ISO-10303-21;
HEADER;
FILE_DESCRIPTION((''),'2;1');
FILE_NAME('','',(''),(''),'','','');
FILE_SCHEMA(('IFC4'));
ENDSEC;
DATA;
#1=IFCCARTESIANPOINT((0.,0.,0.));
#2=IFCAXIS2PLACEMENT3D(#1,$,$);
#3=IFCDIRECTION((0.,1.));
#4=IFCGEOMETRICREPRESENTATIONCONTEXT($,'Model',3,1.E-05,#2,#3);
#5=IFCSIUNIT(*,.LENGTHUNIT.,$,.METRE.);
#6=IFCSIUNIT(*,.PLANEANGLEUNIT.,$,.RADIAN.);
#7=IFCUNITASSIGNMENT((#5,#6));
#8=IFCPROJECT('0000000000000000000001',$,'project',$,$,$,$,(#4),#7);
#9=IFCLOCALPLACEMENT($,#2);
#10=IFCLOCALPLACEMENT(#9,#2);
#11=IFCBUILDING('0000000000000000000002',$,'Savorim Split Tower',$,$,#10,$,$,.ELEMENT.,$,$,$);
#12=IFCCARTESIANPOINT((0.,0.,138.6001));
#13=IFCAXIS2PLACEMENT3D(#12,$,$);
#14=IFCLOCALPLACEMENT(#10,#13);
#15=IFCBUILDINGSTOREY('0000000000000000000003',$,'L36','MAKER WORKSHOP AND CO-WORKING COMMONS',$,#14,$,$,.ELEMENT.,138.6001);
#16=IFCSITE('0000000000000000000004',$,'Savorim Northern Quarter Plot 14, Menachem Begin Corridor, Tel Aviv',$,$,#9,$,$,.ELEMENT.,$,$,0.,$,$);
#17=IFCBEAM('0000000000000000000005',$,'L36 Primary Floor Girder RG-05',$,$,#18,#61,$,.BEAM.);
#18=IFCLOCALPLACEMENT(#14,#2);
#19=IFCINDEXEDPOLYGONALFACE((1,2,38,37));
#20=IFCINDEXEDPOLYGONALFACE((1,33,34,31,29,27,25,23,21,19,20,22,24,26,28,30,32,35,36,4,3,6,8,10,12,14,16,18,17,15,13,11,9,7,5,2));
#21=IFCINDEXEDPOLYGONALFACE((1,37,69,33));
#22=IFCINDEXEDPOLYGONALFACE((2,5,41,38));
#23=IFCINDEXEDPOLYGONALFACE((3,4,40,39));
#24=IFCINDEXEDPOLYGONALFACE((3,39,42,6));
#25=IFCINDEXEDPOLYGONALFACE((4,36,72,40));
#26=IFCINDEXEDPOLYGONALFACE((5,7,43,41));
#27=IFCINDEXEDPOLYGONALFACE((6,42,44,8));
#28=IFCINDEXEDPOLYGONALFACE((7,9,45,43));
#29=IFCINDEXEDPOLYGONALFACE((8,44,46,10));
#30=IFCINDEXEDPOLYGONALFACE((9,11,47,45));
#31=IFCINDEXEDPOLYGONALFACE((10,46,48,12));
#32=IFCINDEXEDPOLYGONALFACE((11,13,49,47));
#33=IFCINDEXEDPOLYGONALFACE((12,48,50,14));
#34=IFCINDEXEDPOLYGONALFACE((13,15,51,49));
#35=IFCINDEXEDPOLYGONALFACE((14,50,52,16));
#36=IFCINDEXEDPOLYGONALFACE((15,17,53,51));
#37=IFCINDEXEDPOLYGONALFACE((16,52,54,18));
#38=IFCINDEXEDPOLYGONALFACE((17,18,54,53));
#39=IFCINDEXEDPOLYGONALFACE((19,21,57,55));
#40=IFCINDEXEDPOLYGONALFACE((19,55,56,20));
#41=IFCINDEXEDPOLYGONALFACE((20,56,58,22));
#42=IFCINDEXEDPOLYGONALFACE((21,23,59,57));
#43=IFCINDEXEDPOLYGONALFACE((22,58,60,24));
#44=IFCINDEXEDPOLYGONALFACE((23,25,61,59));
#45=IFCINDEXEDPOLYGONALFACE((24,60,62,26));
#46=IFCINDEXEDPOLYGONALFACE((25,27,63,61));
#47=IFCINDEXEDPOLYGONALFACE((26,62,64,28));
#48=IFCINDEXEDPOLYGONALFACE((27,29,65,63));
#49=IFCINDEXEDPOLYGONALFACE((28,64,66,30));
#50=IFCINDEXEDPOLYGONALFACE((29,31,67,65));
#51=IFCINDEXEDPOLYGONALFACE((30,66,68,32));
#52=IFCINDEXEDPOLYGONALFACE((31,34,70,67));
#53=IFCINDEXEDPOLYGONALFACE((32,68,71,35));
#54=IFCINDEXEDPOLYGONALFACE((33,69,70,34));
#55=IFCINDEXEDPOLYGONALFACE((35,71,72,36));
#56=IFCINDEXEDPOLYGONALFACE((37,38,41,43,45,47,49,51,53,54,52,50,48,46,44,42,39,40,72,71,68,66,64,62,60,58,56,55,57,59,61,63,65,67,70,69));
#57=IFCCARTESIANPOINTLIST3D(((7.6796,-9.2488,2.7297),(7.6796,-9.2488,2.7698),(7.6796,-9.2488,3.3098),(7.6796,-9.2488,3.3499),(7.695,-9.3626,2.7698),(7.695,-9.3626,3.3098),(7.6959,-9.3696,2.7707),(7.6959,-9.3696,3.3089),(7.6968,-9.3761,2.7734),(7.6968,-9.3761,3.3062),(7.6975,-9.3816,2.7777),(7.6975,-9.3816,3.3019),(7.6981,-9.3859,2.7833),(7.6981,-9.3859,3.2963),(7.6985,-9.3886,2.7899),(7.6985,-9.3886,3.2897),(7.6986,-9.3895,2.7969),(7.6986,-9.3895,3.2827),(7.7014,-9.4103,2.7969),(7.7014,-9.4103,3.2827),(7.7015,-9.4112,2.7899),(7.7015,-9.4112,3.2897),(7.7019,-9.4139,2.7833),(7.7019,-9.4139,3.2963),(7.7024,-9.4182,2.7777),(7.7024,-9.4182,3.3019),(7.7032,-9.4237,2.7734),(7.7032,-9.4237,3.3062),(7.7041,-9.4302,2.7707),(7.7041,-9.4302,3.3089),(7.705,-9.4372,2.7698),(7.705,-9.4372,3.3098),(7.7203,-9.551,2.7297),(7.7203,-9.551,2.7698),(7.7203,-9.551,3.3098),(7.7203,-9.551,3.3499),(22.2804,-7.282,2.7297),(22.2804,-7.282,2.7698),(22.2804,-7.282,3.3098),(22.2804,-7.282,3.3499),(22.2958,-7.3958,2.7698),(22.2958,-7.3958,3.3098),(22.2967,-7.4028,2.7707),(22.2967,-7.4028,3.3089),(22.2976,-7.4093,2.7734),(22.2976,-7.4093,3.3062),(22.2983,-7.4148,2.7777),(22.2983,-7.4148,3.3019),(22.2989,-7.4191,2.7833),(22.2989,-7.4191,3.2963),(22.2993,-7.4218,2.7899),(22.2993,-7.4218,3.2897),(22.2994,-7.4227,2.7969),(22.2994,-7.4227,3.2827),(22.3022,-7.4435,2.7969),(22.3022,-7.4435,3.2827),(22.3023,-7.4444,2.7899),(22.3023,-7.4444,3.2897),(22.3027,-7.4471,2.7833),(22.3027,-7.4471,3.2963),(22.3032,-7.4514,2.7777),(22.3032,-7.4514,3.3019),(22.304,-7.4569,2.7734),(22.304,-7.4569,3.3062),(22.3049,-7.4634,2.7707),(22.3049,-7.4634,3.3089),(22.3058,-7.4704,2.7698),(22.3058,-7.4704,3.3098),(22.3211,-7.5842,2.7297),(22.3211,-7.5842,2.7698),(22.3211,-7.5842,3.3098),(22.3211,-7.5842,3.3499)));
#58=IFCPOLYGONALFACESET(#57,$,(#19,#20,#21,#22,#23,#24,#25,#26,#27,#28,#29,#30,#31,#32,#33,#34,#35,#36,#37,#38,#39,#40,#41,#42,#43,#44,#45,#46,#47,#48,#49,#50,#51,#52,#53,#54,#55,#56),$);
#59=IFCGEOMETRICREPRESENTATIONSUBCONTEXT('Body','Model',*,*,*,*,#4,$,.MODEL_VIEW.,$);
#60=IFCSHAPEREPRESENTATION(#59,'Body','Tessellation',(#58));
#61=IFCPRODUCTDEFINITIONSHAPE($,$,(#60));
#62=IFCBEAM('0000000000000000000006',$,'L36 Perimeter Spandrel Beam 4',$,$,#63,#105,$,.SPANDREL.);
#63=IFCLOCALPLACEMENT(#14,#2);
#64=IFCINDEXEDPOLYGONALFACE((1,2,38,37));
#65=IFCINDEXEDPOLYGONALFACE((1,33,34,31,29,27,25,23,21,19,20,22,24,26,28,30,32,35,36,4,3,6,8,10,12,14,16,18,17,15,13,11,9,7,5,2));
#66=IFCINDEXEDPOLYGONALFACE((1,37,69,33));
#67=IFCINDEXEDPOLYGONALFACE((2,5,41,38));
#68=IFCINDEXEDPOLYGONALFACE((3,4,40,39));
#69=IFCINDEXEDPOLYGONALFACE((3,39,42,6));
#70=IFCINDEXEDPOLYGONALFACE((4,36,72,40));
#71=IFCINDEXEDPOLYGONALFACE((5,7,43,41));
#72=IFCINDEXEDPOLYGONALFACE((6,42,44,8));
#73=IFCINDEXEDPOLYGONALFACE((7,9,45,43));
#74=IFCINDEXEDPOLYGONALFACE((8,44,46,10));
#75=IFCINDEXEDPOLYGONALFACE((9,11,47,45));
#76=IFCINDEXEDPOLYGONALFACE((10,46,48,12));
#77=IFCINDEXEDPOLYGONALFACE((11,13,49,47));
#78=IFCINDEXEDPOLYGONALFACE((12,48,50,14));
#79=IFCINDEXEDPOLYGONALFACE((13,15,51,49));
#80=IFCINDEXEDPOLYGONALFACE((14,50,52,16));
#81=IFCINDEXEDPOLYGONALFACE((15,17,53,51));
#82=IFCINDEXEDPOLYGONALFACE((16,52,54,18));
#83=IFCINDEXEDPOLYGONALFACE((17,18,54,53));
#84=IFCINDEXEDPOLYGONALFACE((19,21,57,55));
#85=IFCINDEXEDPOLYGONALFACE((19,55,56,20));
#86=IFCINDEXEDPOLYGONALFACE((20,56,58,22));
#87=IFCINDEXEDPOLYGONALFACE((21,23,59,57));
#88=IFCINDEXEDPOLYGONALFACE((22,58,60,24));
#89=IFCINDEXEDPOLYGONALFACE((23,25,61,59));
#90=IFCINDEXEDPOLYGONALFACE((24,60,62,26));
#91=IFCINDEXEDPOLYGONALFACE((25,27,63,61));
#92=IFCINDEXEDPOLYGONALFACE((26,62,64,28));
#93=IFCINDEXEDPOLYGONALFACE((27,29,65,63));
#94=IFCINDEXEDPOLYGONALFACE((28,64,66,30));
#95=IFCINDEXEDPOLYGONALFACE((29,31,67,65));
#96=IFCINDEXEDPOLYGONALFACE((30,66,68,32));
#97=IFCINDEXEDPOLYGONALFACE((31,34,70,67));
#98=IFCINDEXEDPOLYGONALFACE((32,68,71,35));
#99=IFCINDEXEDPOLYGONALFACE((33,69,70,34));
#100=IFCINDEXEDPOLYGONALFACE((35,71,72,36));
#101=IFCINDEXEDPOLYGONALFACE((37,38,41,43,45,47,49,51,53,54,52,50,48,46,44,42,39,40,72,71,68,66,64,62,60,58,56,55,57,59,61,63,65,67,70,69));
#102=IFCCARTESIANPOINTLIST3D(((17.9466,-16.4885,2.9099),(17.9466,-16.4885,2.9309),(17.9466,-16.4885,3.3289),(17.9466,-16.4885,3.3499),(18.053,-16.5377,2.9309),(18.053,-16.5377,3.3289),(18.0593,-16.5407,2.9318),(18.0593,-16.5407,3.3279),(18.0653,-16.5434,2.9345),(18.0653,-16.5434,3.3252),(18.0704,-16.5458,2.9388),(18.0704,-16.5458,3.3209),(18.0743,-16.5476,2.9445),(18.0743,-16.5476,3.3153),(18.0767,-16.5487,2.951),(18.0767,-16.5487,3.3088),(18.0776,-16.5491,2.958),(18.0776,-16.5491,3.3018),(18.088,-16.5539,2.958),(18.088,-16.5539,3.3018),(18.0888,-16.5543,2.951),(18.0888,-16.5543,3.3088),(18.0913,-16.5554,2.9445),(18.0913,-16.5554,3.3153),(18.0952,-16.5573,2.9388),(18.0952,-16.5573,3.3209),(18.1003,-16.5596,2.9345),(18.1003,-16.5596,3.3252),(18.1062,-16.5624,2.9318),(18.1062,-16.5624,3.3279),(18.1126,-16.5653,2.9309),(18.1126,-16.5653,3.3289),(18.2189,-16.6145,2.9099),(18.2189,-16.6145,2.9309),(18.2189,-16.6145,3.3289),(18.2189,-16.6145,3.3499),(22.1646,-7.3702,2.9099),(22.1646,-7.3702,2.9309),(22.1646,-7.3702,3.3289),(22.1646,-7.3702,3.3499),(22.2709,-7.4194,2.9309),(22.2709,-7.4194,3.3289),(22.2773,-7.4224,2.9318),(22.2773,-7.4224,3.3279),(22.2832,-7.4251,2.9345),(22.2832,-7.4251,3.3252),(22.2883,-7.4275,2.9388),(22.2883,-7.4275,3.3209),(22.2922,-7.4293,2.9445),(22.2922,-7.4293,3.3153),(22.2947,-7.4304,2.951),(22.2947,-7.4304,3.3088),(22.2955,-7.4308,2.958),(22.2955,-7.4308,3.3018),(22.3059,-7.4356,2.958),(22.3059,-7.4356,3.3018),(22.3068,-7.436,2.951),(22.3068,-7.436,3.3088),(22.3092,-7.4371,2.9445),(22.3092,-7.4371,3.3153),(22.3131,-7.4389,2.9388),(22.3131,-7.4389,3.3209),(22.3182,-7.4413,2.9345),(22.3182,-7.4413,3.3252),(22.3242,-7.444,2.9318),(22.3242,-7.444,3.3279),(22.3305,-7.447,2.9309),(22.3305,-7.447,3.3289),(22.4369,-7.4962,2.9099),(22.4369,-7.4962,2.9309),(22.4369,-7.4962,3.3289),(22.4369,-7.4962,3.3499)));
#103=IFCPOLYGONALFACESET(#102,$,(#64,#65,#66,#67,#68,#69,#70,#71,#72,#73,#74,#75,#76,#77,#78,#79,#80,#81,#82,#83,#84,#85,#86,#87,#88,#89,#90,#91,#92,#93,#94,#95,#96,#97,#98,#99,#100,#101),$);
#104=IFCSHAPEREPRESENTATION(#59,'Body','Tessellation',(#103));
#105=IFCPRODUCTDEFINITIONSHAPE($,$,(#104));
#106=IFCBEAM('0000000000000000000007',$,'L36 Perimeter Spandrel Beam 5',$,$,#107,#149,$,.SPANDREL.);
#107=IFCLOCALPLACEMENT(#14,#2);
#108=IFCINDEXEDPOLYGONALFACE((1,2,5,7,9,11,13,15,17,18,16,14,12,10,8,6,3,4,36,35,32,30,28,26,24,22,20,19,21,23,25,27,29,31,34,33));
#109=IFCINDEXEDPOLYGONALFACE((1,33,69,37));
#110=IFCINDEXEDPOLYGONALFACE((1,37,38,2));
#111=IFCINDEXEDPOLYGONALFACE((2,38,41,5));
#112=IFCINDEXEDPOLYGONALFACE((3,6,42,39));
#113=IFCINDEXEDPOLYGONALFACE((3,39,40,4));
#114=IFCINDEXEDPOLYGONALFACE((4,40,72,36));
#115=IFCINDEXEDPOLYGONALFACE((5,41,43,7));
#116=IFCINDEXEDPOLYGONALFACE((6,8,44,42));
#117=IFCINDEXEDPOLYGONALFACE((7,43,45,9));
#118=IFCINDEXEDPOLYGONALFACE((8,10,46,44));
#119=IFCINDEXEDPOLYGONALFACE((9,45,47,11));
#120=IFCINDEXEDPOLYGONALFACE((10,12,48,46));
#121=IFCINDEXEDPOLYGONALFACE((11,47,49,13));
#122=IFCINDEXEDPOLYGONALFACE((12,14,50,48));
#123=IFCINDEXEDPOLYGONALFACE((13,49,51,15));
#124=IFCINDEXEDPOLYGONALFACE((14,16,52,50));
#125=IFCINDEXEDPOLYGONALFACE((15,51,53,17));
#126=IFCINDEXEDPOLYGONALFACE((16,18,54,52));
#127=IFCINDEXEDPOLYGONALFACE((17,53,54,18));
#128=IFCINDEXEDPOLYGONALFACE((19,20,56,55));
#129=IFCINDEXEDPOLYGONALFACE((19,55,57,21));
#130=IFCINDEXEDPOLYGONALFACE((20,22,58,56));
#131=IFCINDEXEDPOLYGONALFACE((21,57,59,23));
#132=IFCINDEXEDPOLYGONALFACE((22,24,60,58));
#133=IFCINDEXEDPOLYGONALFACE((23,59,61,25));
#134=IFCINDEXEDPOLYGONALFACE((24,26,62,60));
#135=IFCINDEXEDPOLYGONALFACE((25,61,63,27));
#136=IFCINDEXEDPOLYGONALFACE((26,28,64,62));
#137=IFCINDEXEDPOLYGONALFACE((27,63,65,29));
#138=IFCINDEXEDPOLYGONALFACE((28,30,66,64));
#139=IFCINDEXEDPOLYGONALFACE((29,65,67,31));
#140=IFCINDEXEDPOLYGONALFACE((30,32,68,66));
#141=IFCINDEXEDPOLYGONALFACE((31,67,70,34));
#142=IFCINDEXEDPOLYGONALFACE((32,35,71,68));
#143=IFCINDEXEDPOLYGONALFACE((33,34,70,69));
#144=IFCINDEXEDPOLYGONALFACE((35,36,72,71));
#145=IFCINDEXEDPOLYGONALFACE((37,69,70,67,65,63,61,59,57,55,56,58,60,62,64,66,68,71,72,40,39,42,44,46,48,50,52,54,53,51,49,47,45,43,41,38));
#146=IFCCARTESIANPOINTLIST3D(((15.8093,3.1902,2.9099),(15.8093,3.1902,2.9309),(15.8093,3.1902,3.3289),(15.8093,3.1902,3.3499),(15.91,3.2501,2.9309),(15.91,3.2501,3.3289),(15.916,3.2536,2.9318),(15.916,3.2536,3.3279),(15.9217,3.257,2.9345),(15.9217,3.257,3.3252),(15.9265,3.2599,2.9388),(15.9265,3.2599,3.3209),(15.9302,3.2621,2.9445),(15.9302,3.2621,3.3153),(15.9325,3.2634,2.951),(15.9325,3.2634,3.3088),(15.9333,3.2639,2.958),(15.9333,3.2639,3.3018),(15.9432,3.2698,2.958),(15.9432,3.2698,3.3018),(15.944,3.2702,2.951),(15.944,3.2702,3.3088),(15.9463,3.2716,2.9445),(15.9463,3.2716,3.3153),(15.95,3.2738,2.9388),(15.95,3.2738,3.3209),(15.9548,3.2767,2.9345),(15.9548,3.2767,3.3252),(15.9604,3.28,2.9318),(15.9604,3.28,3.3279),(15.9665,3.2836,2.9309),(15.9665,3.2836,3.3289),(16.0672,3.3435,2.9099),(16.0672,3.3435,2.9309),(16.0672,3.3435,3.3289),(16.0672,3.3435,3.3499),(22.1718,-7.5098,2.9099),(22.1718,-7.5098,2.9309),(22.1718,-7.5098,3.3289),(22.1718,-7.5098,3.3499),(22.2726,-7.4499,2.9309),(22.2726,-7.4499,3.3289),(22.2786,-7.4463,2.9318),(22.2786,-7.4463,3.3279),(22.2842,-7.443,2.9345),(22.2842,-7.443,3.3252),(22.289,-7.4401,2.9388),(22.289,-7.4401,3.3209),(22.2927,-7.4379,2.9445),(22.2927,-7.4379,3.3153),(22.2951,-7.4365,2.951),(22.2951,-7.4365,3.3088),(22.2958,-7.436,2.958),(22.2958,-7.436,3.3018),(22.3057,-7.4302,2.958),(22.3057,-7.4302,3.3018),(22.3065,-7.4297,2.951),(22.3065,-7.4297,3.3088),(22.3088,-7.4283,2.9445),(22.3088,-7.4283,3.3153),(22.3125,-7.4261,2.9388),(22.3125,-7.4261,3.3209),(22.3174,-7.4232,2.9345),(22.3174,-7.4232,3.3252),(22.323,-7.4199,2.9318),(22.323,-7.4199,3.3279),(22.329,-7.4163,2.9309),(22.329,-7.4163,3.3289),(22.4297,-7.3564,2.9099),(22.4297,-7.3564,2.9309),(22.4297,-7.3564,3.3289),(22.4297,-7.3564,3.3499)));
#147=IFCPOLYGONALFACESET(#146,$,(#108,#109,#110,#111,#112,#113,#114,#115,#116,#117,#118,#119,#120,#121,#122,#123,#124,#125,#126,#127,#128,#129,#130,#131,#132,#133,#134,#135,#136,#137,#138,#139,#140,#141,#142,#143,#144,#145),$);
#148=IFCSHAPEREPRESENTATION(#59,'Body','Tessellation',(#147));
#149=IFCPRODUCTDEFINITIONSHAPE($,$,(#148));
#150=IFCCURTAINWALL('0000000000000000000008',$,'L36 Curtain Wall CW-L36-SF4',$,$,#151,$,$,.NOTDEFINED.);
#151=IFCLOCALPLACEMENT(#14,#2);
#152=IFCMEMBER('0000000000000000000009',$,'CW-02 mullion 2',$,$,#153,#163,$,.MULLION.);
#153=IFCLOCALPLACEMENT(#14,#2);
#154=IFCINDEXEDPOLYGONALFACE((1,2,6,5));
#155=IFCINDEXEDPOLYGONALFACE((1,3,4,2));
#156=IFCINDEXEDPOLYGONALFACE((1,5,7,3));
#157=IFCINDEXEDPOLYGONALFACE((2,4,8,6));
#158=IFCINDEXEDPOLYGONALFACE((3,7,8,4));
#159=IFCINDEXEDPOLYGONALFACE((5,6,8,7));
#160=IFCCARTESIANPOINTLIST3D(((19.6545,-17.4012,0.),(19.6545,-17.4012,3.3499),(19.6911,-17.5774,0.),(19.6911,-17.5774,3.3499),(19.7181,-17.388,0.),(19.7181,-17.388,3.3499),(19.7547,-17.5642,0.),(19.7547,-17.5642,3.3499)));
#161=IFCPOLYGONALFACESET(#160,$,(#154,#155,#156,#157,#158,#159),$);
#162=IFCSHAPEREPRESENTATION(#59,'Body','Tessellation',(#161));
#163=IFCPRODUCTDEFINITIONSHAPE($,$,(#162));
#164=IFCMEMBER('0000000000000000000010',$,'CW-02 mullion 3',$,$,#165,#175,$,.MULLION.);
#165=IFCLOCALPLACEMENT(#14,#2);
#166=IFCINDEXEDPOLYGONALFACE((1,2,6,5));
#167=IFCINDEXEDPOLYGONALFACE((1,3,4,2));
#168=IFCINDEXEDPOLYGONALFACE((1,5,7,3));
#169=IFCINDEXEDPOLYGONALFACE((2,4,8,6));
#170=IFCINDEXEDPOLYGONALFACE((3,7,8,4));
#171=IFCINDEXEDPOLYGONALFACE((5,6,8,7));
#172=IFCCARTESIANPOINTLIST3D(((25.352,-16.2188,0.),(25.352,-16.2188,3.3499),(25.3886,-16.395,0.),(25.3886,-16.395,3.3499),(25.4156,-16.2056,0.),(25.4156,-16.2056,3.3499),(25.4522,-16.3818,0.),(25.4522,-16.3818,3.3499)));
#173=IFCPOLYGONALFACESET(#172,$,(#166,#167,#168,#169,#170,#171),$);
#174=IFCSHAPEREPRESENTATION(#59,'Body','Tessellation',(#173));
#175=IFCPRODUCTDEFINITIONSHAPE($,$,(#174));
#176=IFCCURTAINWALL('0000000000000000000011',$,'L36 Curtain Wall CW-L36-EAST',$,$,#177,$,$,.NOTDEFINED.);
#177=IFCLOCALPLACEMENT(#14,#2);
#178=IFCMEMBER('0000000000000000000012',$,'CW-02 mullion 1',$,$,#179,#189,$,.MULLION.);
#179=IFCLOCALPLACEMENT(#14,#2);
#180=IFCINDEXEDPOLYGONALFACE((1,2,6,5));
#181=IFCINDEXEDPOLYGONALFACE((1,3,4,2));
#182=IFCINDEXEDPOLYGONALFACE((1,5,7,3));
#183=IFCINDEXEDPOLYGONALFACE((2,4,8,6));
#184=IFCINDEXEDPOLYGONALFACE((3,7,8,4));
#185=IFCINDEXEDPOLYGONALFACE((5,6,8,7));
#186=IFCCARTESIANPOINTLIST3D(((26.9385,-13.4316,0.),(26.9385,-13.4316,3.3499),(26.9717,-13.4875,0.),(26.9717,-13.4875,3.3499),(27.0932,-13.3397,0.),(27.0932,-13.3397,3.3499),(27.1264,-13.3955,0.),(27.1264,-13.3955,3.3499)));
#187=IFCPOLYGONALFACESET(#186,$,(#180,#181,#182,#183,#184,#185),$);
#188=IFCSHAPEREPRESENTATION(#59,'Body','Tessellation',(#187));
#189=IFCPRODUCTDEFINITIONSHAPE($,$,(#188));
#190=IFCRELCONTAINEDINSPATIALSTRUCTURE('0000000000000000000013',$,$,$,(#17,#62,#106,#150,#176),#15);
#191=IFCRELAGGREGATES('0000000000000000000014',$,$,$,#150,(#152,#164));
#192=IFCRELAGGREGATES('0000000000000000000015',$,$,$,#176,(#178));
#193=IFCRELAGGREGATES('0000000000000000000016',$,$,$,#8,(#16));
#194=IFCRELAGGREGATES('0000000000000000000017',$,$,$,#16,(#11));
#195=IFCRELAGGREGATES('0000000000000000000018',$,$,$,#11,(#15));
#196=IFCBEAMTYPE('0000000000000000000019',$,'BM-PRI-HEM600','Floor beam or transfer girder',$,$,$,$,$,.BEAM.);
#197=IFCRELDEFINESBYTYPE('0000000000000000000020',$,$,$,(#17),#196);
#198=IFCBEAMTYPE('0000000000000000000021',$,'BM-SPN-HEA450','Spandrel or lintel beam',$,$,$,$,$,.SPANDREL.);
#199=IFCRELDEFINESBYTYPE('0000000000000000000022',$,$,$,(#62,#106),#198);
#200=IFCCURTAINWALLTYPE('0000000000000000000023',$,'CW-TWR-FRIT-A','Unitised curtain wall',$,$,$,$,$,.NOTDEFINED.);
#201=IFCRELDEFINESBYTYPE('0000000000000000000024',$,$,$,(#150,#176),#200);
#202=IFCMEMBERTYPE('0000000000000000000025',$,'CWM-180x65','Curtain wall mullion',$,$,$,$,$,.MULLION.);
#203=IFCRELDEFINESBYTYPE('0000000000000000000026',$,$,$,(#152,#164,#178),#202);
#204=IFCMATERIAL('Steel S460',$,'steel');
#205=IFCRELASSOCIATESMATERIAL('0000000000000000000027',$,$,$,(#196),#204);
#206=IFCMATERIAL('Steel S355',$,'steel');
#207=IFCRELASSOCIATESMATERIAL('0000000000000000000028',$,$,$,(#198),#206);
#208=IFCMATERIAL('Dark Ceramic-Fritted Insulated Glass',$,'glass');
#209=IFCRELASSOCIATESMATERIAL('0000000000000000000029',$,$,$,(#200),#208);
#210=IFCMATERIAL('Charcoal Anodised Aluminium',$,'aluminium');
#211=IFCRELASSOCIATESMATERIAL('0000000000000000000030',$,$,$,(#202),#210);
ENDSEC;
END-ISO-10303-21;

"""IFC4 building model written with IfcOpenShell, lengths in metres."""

from ifc_helpers import new_model, si_unit, direction, frame, origin, origin_2d, place, context, subcontext, project, spatial, rectangle, i_section, extrude, material, material_profile, profile_set, type_object, element, aggregate, save


model = new_model("IFC4")

# Units and contexts
model_context = context("Model", 3, precision=1e-05, world=origin(), true_north=direction((0.0, 1.0)))
body_context = subcontext(model_context, "Body", "Model", "MODEL_VIEW")
ifc_project = project(units=[si_unit("LENGTHUNIT", "METRE"), si_unit("PLANEANGLEUNIT", "RADIAN")], contexts=[model_context])

# Site, building, storey
site_placement = place(None, origin())
site = spatial("IfcSite", under=ifc_project, at=site_placement, Name="Savorim Northern Quarter Plot 14, Menachem Begin Corridor, Tel Aviv", CompositionType="ELEMENT", RefElevation=0.0)
building_placement = place(site_placement, origin())
building = spatial("IfcBuilding", under=site, at=building_placement, Name="Savorim Split Tower", CompositionType="ELEMENT")
storey_placement = place(building_placement, frame((0.0, 0.0, 138.6001)))
storey = spatial("IfcBuildingStorey", under=building, at=storey_placement, Name="L36", Description="MAKER WORKSHOP AND CO-WORKING COMMONS", CompositionType="ELEMENT", Elevation=138.6001)

# Shared definitions
ifc_material_1 = material(Name="Steel S460", Category="steel")

# Beams
ifc_material_2 = material(Name="Steel S355", Category="steel")
ifc_material_profile_1 = material_profile(ifc_material_1, i_section(OverallWidth=0.3049, OverallDepth=0.6201, WebThickness=0.021, FlangeThickness=0.04, FilletRadius=0.0271, at=origin_2d()), Name="HE 600 M")
ifc_profile_set_1 = profile_set([ifc_material_profile_1], Name="Steel S460")
beam_type_1 = type_object("IfcBeamType", Name="BM-PRI-HEM600", Description="Floor beam or transfer girder", PredefinedType="BEAM", material=ifc_profile_set_1)
beam_1_placement = place(storey_placement, frame((22.3008, -7.4331, 3.0398), z_axis=(-0.991049, -0.133499, 0.0), x_axis=(0.133499, -0.991049, 0.0)))
element("IfcBeam", 1, at=beam_1_placement, inside=storey, type_object=beam_type_1, Name="L36 Primary Floor Girder RG-05", PredefinedType="BEAM", context=body_context, shape_type="SweptSolid", body=[
    extrude(i_section(OverallWidth=0.3049, OverallDepth=0.6201, WebThickness=0.021, FlangeThickness=0.04, FilletRadius=0.0271, at=origin_2d()), origin(), (0.0, 0.0, 1.0), 14.7327),
])
ifc_material_profile_2 = material_profile(ifc_material_2, i_section(OverallWidth=0.3, OverallDepth=0.4399, WebThickness=0.0115, FlangeThickness=0.021, FilletRadius=0.0271, at=origin_2d()), Name="HEA 450")
ifc_profile_set_2 = profile_set([ifc_material_profile_2], Name="Steel S355")
beam_type_2 = type_object("IfcBeamType", Name="BM-SPN-HEA450", Description="Spandrel or lintel beam", PredefinedType="SPANDREL", material=ifc_profile_set_2)
beam_2_placement = place(storey_placement, frame((18.0828, -16.5515, 3.1299), z_axis=(0.419839, 0.907598, 0.0), x_axis=(-0.907598, 0.419839, 0.0)))
element("IfcBeam", 2, at=beam_2_placement, inside=storey, type_object=beam_type_2, Name="L36 Perimeter Spandrel Beam 4", PredefinedType="SPANDREL", context=body_context, shape_type="SweptSolid", body=[
    extrude(i_section(OverallWidth=0.3, OverallDepth=0.4399, WebThickness=0.0115, FlangeThickness=0.021, FilletRadius=0.0271, at=origin_2d()), origin(), (0.0, 0.0, 1.0), 10.0466),
])
beam_3_placement = place(storey_placement, frame((22.3008, -7.4331, 3.1299), z_axis=(-0.5111, 0.859521, 0.0), x_axis=(-0.859521, -0.5111, 0.0)))
element("IfcBeam", 3, at=beam_3_placement, inside=storey, type_object=beam_type_2, Name="L36 Perimeter Spandrel Beam 5", PredefinedType="SPANDREL", context=body_context, shape_type="SweptSolid", body=[
    extrude(i_section(OverallWidth=0.3, OverallDepth=0.4399, WebThickness=0.0115, FlangeThickness=0.021, FilletRadius=0.0271, at=origin_2d()), origin(), (0.0, 0.0, 1.0), 12.4487),
])

# Curtain walls, members
ifc_material_3 = material(Name="Dark Ceramic-Fritted Insulated Glass", Category="glass")
curtain_wall_type = type_object("IfcCurtainWallType", Name="CW-TWR-FRIT-A", Description="Unitised curtain wall", PredefinedType="NOTDEFINED", material=ifc_material_3)
curtain_wall_1_placement = place(storey_placement, origin())
curtain_wall_1 = element("IfcCurtainWall", 4, at=curtain_wall_1_placement, inside=storey, type_object=curtain_wall_type, Name="L36 Curtain Wall CW-L36-SF4", PredefinedType="NOTDEFINED")
ifc_material_4 = material(Name="Charcoal Anodised Aluminium", Category="aluminium")
ifc_material_profile_3 = material_profile(ifc_material_4, rectangle(XDim=0.1799, YDim=0.0649, at=origin_2d()), Name="ALU-M 180x65")
ifc_profile_set_3 = profile_set([ifc_material_profile_3], Name="Charcoal Anodised Aluminium")
member_type_1 = type_object("IfcMemberType", Name="CWM-180x65", Description="Curtain wall mullion", PredefinedType="MULLION", material=ifc_profile_set_3)
member_1_placement = place(storey_placement, frame((19.7046, -17.4827, 0.0), z_axis=(0.0, 0.0, 1.0), x_axis=(-0.20321, 0.979135, 0.0)))
member_1 = element("IfcMember", 5, at=member_1_placement, type_object=member_type_1, Name="CW-02 mullion 2", PredefinedType="MULLION", context=body_context, shape_type="SweptSolid", body=[
    extrude(rectangle(XDim=0.1799, YDim=0.0649, at=origin_2d()), origin(), (0.0, 0.0, 1.0), 3.3499),
])
member_2_placement = place(storey_placement, frame((25.4021, -16.3003, 0.0), z_axis=(0.0, 0.0, 1.0), x_axis=(-0.20321, 0.979135, 0.0)))
member_2 = element("IfcMember", 6, at=member_2_placement, type_object=member_type_1, Name="CW-02 mullion 3", PredefinedType="MULLION", context=body_context, shape_type="SweptSolid", body=[
    extrude(rectangle(XDim=0.1799, YDim=0.0649, at=origin_2d()), origin(), (0.0, 0.0, 1.0), 3.3499),
])
curtain_wall_2_placement = place(storey_placement, origin())
curtain_wall_2 = element("IfcCurtainWall", 7, at=curtain_wall_2_placement, inside=storey, type_object=curtain_wall_type, Name="L36 Curtain Wall CW-L36-EAST", PredefinedType="NOTDEFINED")
member_3_placement = place(storey_placement, frame((27.0325, -13.4136, 0.0), z_axis=(0.0, 0.0, 1.0), x_axis=(-0.859526, -0.511091, 0.0)))
member_3 = element("IfcMember", 8, at=member_3_placement, type_object=member_type_1, Name="CW-02 mullion 1", PredefinedType="MULLION", context=body_context, shape_type="SweptSolid", body=[
    extrude(rectangle(XDim=0.1799, YDim=0.0649, at=origin_2d()), origin(), (0.0, 0.0, 1.0), 3.3499),
])

aggregate(curtain_wall_1, [member_1, member_2])
aggregate(curtain_wall_2, [member_3])

save(model, "model.ifc")
